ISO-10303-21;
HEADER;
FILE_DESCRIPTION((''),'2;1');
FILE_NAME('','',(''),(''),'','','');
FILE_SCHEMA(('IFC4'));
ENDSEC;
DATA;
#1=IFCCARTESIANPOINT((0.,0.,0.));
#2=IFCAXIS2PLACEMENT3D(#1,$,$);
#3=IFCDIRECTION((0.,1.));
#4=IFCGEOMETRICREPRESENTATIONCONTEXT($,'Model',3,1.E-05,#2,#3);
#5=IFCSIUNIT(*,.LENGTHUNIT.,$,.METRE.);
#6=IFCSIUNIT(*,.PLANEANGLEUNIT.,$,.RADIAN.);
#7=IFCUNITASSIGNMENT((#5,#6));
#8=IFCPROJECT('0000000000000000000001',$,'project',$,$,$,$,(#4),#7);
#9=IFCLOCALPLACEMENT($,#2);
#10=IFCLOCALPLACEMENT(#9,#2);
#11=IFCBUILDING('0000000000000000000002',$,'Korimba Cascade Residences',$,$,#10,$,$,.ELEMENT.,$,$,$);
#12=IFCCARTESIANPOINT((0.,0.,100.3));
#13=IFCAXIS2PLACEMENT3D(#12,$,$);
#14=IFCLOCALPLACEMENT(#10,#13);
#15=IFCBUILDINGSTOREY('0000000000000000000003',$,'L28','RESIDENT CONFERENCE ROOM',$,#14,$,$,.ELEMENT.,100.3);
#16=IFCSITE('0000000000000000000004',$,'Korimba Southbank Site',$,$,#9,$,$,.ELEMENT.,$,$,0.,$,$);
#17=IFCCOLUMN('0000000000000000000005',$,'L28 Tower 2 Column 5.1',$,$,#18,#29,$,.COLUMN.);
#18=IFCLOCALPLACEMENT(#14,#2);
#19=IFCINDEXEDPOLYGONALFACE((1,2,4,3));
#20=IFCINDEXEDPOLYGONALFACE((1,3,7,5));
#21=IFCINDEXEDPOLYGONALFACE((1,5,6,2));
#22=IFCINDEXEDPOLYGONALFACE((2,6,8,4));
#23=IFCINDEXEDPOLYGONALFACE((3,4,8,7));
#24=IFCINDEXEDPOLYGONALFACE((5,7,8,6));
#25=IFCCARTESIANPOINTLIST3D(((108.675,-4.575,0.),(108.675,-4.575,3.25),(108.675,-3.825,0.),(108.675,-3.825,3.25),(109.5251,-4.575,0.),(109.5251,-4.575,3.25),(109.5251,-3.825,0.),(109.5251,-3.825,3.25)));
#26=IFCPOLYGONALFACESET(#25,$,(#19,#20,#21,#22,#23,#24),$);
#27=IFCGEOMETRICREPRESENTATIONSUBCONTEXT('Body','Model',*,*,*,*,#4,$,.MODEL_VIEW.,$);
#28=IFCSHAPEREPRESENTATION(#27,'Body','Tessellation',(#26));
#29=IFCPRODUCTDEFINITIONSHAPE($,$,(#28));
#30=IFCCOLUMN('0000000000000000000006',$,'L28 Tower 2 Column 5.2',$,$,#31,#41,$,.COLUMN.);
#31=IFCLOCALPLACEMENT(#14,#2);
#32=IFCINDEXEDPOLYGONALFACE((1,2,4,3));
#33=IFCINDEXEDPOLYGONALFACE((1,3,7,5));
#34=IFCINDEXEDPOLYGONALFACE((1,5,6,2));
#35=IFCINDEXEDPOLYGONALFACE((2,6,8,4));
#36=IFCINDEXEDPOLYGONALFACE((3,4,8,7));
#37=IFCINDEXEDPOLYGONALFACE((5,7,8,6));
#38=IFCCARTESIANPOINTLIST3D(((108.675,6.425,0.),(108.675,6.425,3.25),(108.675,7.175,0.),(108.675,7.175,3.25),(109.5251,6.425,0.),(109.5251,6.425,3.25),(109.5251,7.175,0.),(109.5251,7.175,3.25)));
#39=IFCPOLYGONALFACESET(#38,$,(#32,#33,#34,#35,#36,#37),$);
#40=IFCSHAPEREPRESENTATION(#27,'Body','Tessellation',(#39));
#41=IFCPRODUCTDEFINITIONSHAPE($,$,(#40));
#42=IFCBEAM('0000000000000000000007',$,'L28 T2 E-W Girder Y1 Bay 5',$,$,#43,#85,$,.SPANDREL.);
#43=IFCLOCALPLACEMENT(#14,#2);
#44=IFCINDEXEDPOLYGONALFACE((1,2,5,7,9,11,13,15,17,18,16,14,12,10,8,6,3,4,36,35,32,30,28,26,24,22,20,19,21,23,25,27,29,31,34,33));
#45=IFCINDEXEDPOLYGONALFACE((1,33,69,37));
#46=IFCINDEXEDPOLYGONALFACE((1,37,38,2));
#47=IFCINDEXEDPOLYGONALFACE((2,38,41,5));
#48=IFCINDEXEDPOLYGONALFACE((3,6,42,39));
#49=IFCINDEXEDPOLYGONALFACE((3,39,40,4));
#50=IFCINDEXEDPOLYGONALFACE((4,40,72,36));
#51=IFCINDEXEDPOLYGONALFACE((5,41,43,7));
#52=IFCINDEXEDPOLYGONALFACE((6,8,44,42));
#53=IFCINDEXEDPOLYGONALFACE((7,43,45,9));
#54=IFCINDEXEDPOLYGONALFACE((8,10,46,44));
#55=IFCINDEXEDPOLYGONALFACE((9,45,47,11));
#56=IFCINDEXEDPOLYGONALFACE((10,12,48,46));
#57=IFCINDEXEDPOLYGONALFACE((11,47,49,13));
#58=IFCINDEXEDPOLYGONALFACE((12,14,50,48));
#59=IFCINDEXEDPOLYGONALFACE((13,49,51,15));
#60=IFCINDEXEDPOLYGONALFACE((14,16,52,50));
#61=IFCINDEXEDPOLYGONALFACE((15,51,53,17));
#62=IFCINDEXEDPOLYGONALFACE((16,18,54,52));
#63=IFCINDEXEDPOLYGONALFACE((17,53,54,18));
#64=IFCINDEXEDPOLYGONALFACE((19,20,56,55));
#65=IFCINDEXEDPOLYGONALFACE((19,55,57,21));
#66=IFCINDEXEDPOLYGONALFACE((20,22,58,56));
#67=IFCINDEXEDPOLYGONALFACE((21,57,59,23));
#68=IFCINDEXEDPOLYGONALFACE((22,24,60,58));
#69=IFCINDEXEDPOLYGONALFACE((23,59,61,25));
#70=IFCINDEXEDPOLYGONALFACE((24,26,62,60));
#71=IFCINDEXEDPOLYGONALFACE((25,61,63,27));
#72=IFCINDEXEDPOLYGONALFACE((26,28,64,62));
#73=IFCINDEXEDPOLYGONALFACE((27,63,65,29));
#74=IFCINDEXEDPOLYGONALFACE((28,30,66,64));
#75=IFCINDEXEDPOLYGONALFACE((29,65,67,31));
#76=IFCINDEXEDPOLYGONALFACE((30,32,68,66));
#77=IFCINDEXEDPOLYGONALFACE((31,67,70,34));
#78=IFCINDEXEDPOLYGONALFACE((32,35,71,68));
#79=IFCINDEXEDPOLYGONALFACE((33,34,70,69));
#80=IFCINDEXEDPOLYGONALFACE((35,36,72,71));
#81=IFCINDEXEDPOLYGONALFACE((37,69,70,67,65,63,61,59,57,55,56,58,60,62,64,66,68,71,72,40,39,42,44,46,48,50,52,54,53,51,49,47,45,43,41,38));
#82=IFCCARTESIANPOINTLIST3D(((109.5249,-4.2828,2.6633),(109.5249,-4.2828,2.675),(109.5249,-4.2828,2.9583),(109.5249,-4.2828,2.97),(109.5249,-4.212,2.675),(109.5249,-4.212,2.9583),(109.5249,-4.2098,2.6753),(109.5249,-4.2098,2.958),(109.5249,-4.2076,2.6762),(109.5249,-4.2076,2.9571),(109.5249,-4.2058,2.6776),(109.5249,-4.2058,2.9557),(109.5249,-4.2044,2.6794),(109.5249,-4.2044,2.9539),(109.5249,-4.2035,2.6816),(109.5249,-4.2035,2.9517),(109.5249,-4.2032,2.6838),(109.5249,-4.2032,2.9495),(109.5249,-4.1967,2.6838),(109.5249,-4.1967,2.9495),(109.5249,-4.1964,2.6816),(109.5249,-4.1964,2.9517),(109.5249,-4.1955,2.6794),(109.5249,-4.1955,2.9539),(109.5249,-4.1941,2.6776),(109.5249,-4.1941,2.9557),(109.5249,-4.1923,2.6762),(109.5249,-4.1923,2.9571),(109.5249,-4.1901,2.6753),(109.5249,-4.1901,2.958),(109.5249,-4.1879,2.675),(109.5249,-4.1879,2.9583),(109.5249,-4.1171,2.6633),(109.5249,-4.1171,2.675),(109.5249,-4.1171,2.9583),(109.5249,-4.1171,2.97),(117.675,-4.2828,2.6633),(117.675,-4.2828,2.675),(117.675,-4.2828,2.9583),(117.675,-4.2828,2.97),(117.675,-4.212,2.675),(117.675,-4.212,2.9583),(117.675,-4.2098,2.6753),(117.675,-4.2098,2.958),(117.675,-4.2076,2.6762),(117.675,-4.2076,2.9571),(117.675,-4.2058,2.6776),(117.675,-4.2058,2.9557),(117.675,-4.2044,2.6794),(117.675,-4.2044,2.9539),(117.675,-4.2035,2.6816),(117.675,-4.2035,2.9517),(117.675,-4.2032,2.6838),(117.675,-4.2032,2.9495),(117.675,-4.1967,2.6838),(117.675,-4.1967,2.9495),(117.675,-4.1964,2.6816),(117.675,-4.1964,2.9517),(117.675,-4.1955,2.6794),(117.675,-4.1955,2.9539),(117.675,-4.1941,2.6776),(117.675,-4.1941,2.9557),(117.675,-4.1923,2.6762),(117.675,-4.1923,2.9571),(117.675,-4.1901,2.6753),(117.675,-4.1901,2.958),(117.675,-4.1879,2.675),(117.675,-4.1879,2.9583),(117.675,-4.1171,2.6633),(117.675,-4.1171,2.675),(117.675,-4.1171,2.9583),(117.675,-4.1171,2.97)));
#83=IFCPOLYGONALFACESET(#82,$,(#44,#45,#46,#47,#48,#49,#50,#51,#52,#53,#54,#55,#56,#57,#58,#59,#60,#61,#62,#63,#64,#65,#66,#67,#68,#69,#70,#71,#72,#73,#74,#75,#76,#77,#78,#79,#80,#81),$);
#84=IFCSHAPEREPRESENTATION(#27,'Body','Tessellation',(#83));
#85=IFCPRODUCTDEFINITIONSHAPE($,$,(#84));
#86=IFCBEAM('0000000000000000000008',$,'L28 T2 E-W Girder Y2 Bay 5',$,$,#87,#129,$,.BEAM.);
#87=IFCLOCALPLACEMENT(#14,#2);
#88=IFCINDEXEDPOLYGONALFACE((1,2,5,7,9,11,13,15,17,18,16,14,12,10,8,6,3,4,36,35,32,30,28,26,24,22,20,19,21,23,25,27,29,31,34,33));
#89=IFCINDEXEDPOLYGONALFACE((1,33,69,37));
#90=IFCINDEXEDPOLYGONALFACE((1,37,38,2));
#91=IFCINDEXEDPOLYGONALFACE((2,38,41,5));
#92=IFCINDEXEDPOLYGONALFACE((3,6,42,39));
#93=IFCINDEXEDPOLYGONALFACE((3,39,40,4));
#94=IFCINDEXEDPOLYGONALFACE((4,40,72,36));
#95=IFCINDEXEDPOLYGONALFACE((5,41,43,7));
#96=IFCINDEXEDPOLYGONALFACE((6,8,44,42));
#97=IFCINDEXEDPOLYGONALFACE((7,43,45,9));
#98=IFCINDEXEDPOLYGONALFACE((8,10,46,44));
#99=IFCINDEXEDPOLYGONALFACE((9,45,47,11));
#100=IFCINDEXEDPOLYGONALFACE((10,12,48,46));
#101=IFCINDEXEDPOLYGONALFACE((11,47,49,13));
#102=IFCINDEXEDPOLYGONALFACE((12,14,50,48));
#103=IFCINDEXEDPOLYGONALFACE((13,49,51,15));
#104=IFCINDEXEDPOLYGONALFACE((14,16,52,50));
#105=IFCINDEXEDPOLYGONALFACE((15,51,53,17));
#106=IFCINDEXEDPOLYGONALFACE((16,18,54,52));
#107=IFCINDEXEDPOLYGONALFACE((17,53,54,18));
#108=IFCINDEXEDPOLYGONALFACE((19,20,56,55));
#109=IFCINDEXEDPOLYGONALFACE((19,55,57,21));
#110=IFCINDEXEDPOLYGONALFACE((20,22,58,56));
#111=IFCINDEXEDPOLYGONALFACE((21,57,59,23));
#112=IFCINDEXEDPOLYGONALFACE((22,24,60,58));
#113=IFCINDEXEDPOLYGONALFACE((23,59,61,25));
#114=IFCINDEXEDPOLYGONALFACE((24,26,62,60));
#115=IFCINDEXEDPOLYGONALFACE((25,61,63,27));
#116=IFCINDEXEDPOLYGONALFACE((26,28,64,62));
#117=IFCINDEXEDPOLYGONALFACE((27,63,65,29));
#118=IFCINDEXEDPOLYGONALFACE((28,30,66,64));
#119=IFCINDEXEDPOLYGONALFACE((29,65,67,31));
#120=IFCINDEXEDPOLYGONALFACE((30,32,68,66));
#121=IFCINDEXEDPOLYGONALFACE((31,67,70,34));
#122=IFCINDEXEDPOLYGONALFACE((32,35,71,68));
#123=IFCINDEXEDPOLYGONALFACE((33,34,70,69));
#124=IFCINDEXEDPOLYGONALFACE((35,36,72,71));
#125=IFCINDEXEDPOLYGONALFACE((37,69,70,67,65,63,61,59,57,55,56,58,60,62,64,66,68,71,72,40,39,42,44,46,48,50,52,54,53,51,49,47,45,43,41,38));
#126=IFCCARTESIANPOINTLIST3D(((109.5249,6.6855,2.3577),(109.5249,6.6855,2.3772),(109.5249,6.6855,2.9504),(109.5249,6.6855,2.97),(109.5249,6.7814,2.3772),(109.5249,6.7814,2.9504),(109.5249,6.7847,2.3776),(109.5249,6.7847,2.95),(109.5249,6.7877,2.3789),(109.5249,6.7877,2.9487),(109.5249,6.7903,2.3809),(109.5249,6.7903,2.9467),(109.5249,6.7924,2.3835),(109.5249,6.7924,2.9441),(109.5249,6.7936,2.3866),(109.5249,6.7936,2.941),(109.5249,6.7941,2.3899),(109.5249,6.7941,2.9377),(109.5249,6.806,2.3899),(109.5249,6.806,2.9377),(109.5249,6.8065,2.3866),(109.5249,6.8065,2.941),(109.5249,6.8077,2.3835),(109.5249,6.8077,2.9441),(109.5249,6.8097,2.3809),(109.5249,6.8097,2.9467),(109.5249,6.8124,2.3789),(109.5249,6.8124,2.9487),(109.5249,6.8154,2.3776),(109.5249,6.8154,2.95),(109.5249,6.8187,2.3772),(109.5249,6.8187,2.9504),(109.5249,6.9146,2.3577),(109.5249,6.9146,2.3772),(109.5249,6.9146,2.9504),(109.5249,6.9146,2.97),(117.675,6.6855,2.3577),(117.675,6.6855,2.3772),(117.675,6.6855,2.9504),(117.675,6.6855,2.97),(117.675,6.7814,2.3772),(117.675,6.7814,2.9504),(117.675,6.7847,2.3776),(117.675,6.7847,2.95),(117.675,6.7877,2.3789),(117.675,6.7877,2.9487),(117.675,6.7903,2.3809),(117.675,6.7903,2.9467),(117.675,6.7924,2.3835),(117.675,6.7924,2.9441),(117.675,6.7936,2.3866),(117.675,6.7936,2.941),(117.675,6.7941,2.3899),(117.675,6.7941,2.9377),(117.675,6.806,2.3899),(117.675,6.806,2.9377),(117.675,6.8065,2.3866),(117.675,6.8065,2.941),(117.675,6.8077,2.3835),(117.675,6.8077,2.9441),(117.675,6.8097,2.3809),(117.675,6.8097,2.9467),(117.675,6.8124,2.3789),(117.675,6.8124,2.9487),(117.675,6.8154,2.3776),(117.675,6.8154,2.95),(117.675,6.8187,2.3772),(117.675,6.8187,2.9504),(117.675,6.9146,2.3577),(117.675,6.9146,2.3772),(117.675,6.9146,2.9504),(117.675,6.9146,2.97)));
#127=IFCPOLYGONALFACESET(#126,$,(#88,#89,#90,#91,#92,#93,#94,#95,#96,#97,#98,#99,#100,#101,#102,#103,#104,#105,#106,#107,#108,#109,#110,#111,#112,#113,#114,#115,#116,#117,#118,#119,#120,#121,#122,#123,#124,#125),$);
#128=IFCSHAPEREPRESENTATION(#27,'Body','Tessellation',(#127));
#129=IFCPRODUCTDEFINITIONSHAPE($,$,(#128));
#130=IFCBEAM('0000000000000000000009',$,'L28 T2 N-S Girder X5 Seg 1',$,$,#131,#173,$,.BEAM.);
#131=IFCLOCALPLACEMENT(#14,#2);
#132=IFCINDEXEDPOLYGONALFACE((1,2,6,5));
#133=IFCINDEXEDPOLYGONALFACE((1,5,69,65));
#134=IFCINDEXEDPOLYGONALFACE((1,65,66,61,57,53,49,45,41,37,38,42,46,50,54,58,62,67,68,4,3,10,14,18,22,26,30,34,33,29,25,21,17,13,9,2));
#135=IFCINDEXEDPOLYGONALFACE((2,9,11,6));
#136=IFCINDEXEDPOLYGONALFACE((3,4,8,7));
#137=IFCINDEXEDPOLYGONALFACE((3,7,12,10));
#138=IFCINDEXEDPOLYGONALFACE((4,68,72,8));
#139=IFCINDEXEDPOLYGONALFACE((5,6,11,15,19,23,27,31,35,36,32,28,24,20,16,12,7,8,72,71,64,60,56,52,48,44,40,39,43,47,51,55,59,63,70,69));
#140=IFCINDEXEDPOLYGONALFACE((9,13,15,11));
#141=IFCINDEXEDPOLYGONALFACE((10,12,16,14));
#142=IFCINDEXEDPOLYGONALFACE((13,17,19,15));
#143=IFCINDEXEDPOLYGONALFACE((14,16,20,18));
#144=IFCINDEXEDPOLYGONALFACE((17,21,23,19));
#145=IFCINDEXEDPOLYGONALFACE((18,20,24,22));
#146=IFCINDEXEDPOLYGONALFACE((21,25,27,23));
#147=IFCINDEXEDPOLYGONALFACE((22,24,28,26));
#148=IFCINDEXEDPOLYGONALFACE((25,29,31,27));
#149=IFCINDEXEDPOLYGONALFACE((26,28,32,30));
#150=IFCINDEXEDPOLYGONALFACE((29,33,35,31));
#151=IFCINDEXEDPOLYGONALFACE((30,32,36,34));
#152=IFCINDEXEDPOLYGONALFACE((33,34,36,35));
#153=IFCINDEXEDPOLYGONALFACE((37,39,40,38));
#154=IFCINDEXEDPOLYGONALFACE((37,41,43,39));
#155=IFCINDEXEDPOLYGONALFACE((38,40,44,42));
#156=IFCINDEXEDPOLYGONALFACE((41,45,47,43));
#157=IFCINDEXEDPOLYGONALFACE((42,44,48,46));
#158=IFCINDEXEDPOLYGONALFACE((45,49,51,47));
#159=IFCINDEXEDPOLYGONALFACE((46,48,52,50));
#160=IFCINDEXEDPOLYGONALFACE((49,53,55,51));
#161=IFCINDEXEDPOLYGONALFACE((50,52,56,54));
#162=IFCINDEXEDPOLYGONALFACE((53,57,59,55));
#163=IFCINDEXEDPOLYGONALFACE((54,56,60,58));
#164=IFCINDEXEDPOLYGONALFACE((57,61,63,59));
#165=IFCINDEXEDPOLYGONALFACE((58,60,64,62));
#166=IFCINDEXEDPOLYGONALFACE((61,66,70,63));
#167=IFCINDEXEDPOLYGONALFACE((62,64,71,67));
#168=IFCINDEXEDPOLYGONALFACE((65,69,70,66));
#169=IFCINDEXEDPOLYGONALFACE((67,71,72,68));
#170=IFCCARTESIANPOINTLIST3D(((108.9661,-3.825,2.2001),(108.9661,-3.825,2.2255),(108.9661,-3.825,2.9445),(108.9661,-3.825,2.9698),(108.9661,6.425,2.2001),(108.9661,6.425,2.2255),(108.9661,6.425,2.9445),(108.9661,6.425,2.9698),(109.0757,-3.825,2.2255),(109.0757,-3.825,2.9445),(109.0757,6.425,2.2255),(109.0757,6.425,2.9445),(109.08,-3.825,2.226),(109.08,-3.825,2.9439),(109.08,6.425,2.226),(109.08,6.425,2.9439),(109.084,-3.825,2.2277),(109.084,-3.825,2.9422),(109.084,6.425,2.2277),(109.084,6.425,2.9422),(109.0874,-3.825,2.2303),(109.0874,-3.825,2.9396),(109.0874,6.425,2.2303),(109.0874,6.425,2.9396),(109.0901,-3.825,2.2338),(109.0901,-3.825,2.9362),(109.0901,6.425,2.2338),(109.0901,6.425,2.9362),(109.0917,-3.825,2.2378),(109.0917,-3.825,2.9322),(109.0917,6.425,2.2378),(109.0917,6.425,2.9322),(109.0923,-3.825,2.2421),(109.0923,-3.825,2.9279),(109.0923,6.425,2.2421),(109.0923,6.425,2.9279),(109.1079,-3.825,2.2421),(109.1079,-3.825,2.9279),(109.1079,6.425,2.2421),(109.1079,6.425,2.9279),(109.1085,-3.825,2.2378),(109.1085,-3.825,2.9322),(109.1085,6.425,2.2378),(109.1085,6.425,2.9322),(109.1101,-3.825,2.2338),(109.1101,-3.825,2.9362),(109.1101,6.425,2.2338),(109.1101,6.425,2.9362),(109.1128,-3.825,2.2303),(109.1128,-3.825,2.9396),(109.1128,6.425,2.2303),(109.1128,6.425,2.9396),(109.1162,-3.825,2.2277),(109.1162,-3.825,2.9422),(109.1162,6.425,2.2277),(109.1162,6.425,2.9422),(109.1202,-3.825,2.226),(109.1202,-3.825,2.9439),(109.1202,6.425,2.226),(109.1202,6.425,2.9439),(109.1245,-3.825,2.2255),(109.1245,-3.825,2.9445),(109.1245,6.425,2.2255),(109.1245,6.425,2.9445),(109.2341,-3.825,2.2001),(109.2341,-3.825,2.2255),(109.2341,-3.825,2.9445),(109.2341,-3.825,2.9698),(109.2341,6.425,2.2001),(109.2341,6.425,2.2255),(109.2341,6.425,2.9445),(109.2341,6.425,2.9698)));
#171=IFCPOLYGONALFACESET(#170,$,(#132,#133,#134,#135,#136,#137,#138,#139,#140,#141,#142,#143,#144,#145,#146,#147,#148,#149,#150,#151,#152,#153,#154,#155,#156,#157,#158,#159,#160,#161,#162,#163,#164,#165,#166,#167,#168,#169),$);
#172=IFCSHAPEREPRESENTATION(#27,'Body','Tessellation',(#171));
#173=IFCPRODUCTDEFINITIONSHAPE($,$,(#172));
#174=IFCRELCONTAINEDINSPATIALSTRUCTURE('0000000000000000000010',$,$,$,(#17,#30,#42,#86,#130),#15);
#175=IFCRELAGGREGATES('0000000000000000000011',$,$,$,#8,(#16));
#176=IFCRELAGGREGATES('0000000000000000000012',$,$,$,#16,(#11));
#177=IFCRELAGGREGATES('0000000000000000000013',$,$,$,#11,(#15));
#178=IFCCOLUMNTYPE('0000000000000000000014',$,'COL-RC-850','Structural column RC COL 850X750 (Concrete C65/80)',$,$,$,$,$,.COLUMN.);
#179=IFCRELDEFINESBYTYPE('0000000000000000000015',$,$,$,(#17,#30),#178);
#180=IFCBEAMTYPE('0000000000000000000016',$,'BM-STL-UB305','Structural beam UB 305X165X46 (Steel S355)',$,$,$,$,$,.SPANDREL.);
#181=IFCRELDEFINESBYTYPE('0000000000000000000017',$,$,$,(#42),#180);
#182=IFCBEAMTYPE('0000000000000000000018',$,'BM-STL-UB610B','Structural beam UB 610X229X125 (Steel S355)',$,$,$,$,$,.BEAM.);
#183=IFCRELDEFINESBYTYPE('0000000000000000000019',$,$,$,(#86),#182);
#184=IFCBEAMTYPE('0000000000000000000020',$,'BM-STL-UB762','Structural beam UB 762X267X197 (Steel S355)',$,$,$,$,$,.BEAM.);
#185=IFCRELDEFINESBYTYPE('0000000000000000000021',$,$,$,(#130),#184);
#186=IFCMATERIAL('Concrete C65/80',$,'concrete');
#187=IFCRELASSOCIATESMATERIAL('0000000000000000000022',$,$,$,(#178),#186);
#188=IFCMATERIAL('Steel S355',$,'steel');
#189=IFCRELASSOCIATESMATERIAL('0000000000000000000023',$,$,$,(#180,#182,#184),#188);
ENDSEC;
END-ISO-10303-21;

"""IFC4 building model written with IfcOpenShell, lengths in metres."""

from ifc_helpers import new_model, si_unit, direction, frame, origin, origin_2d, place, context, subcontext, project, spatial, rectangle, i_section, extrude, material, material_profile, profile_set, type_object, element, save


model = new_model("IFC4")

# Units and contexts
model_context = context("Model", 3, precision=1e-05, world=origin(), true_north=direction((0.0, 1.0)))
body_context = subcontext(model_context, "Body", "Model", "MODEL_VIEW")
ifc_project = project(units=[si_unit("LENGTHUNIT", "METRE"), si_unit("PLANEANGLEUNIT", "RADIAN")], contexts=[model_context])

# Site, building, storey
site_placement = place(None, origin())
site = spatial("IfcSite", under=ifc_project, at=site_placement, Name="Korimba Southbank Site", CompositionType="ELEMENT", RefElevation=0.0)
building_placement = place(site_placement, origin())
building = spatial("IfcBuilding", under=site, at=building_placement, Name="Korimba Cascade Residences", CompositionType="ELEMENT")
storey_placement = place(building_placement, frame((0.0, 0.0, 100.3)))
storey = spatial("IfcBuildingStorey", under=building, at=storey_placement, Name="L28", Description="RESIDENT CONFERENCE ROOM", CompositionType="ELEMENT", Elevation=100.3)

# Columns
ifc_material_1 = material(Name="Concrete C65/80", Category="concrete")
ifc_material_profile_1 = material_profile(ifc_material_1, rectangle(XDim=0.8501, YDim=0.75, at=origin_2d()), Name="Concrete C65/80")
ifc_profile_set_1 = profile_set([ifc_material_profile_1], Name="Concrete C65/80")
column_type = type_object("IfcColumnType", Name="COL-RC-850", Description="Structural column RC COL 850X750 (Concrete C65/80)", PredefinedType="COLUMN", material=ifc_profile_set_1)
for number, where, z_axis, x_axis, name in (
    (1, (109.1001, -4.2, 0.0), (0.0, 0.0, 1.0), (1.0, 0.0, 0.0), "L28 Tower 2 Column 5.1"),
    (2, (109.1001, 6.8, 0.0), (0.0, 0.0, 1.0), (1.0, 0.0, 0.0), "L28 Tower 2 Column 5.2"),
):
    element("IfcColumn", number, at=place(storey_placement, frame(where, z_axis=z_axis, x_axis=x_axis)), inside=storey, type_object=column_type, Name=name, PredefinedType="COLUMN", context=body_context, shape_type="SweptSolid", body=[
        extrude(rectangle(XDim=0.8501, YDim=0.75, at=origin_2d()), origin(), (0.0, 0.0, 1.0), 3.25),
    ])

# Beams
ifc_material_2 = material(Name="Steel S355", Category="steel")
ifc_material_profile_2 = material_profile(ifc_material_2, i_section(OverallWidth=0.1658, OverallDepth=0.3066, WebThickness=0.0066, FlangeThickness=0.0117, FilletRadius=0.0088, at=origin_2d()), Name="Steel S355")
ifc_profile_set_2 = profile_set([ifc_material_profile_2], Name="Steel S355")
beam_type_1 = type_object("IfcBeamType", Name="BM-STL-UB305", Description="Structural beam UB 305X165X46 (Steel S355)", PredefinedType="SPANDREL", material=ifc_profile_set_2)
beam_1_placement = place(storey_placement, frame((109.5249, -4.2, 2.8167), z_axis=(1.0, 0.0, 0.0), x_axis=(0.0, 1.0, 0.0)))
element("IfcBeam", 3, at=beam_1_placement, inside=storey, type_object=beam_type_1, Name="L28 T2 E-W Girder Y1 Bay 5", PredefinedType="SPANDREL", context=body_context, shape_type="SweptSolid", body=[
    extrude(i_section(OverallWidth=0.1658, OverallDepth=0.3066, WebThickness=0.0066, FlangeThickness=0.0117, FilletRadius=0.0088, at=origin_2d()), origin(), (0.0, 0.0, 1.0), 8.1501),
])
ifc_material_profile_3 = material_profile(ifc_material_2, i_section(OverallWidth=0.229, OverallDepth=0.6123, WebThickness=0.012, FlangeThickness=0.0195, FilletRadius=0.0127, at=origin_2d()), Name="Steel S355")
ifc_profile_set_3 = profile_set([ifc_material_profile_3], Name="Steel S355")
beam_type_2 = type_object("IfcBeamType", Name="BM-STL-UB610B", Description="Structural beam UB 610X229X125 (Steel S355)", PredefinedType="BEAM", material=ifc_profile_set_3)
beam_2_placement = place(storey_placement, frame((109.5249, 6.8, 2.6638), z_axis=(1.0, 0.0, 0.0), x_axis=(0.0, 1.0, 0.0)))
element("IfcBeam", 4, at=beam_2_placement, inside=storey, type_object=beam_type_2, Name="L28 T2 E-W Girder Y2 Bay 5", PredefinedType="BEAM", context=body_context, shape_type="SweptSolid", body=[
    extrude(i_section(OverallWidth=0.229, OverallDepth=0.6123, WebThickness=0.012, FlangeThickness=0.0195, FilletRadius=0.0127, at=origin_2d()), origin(), (0.0, 0.0, 1.0), 8.1501),
])
ifc_material_profile_4 = material_profile(ifc_material_2, i_section(OverallWidth=0.2681, OverallDepth=0.7698, WebThickness=0.0156, FlangeThickness=0.0254, FilletRadius=0.0166, at=origin_2d()), Name="Steel S355")
ifc_profile_set_4 = profile_set([ifc_material_profile_4], Name="Steel S355")
beam_type_3 = type_object("IfcBeamType", Name="BM-STL-UB762", Description="Structural beam UB 762X267X197 (Steel S355)", PredefinedType="BEAM", material=ifc_profile_set_4)
beam_3_placement = place(storey_placement, frame((109.1001, -3.825, 2.585), z_axis=(0.0, 1.0, 0.0), x_axis=(-1.0, 0.0, 0.0)))
element("IfcBeam", 5, at=beam_3_placement, inside=storey, type_object=beam_type_3, Name="L28 T2 N-S Girder X5 Seg 1", PredefinedType="BEAM", context=body_context, shape_type="SweptSolid", body=[
    extrude(i_section(OverallWidth=0.2681, OverallDepth=0.7698, WebThickness=0.0156, FlangeThickness=0.0254, FilletRadius=0.0166, at=origin_2d()), origin(), (0.0, 0.0, 1.0), 10.25),
])

save(model, "model.ifc")
